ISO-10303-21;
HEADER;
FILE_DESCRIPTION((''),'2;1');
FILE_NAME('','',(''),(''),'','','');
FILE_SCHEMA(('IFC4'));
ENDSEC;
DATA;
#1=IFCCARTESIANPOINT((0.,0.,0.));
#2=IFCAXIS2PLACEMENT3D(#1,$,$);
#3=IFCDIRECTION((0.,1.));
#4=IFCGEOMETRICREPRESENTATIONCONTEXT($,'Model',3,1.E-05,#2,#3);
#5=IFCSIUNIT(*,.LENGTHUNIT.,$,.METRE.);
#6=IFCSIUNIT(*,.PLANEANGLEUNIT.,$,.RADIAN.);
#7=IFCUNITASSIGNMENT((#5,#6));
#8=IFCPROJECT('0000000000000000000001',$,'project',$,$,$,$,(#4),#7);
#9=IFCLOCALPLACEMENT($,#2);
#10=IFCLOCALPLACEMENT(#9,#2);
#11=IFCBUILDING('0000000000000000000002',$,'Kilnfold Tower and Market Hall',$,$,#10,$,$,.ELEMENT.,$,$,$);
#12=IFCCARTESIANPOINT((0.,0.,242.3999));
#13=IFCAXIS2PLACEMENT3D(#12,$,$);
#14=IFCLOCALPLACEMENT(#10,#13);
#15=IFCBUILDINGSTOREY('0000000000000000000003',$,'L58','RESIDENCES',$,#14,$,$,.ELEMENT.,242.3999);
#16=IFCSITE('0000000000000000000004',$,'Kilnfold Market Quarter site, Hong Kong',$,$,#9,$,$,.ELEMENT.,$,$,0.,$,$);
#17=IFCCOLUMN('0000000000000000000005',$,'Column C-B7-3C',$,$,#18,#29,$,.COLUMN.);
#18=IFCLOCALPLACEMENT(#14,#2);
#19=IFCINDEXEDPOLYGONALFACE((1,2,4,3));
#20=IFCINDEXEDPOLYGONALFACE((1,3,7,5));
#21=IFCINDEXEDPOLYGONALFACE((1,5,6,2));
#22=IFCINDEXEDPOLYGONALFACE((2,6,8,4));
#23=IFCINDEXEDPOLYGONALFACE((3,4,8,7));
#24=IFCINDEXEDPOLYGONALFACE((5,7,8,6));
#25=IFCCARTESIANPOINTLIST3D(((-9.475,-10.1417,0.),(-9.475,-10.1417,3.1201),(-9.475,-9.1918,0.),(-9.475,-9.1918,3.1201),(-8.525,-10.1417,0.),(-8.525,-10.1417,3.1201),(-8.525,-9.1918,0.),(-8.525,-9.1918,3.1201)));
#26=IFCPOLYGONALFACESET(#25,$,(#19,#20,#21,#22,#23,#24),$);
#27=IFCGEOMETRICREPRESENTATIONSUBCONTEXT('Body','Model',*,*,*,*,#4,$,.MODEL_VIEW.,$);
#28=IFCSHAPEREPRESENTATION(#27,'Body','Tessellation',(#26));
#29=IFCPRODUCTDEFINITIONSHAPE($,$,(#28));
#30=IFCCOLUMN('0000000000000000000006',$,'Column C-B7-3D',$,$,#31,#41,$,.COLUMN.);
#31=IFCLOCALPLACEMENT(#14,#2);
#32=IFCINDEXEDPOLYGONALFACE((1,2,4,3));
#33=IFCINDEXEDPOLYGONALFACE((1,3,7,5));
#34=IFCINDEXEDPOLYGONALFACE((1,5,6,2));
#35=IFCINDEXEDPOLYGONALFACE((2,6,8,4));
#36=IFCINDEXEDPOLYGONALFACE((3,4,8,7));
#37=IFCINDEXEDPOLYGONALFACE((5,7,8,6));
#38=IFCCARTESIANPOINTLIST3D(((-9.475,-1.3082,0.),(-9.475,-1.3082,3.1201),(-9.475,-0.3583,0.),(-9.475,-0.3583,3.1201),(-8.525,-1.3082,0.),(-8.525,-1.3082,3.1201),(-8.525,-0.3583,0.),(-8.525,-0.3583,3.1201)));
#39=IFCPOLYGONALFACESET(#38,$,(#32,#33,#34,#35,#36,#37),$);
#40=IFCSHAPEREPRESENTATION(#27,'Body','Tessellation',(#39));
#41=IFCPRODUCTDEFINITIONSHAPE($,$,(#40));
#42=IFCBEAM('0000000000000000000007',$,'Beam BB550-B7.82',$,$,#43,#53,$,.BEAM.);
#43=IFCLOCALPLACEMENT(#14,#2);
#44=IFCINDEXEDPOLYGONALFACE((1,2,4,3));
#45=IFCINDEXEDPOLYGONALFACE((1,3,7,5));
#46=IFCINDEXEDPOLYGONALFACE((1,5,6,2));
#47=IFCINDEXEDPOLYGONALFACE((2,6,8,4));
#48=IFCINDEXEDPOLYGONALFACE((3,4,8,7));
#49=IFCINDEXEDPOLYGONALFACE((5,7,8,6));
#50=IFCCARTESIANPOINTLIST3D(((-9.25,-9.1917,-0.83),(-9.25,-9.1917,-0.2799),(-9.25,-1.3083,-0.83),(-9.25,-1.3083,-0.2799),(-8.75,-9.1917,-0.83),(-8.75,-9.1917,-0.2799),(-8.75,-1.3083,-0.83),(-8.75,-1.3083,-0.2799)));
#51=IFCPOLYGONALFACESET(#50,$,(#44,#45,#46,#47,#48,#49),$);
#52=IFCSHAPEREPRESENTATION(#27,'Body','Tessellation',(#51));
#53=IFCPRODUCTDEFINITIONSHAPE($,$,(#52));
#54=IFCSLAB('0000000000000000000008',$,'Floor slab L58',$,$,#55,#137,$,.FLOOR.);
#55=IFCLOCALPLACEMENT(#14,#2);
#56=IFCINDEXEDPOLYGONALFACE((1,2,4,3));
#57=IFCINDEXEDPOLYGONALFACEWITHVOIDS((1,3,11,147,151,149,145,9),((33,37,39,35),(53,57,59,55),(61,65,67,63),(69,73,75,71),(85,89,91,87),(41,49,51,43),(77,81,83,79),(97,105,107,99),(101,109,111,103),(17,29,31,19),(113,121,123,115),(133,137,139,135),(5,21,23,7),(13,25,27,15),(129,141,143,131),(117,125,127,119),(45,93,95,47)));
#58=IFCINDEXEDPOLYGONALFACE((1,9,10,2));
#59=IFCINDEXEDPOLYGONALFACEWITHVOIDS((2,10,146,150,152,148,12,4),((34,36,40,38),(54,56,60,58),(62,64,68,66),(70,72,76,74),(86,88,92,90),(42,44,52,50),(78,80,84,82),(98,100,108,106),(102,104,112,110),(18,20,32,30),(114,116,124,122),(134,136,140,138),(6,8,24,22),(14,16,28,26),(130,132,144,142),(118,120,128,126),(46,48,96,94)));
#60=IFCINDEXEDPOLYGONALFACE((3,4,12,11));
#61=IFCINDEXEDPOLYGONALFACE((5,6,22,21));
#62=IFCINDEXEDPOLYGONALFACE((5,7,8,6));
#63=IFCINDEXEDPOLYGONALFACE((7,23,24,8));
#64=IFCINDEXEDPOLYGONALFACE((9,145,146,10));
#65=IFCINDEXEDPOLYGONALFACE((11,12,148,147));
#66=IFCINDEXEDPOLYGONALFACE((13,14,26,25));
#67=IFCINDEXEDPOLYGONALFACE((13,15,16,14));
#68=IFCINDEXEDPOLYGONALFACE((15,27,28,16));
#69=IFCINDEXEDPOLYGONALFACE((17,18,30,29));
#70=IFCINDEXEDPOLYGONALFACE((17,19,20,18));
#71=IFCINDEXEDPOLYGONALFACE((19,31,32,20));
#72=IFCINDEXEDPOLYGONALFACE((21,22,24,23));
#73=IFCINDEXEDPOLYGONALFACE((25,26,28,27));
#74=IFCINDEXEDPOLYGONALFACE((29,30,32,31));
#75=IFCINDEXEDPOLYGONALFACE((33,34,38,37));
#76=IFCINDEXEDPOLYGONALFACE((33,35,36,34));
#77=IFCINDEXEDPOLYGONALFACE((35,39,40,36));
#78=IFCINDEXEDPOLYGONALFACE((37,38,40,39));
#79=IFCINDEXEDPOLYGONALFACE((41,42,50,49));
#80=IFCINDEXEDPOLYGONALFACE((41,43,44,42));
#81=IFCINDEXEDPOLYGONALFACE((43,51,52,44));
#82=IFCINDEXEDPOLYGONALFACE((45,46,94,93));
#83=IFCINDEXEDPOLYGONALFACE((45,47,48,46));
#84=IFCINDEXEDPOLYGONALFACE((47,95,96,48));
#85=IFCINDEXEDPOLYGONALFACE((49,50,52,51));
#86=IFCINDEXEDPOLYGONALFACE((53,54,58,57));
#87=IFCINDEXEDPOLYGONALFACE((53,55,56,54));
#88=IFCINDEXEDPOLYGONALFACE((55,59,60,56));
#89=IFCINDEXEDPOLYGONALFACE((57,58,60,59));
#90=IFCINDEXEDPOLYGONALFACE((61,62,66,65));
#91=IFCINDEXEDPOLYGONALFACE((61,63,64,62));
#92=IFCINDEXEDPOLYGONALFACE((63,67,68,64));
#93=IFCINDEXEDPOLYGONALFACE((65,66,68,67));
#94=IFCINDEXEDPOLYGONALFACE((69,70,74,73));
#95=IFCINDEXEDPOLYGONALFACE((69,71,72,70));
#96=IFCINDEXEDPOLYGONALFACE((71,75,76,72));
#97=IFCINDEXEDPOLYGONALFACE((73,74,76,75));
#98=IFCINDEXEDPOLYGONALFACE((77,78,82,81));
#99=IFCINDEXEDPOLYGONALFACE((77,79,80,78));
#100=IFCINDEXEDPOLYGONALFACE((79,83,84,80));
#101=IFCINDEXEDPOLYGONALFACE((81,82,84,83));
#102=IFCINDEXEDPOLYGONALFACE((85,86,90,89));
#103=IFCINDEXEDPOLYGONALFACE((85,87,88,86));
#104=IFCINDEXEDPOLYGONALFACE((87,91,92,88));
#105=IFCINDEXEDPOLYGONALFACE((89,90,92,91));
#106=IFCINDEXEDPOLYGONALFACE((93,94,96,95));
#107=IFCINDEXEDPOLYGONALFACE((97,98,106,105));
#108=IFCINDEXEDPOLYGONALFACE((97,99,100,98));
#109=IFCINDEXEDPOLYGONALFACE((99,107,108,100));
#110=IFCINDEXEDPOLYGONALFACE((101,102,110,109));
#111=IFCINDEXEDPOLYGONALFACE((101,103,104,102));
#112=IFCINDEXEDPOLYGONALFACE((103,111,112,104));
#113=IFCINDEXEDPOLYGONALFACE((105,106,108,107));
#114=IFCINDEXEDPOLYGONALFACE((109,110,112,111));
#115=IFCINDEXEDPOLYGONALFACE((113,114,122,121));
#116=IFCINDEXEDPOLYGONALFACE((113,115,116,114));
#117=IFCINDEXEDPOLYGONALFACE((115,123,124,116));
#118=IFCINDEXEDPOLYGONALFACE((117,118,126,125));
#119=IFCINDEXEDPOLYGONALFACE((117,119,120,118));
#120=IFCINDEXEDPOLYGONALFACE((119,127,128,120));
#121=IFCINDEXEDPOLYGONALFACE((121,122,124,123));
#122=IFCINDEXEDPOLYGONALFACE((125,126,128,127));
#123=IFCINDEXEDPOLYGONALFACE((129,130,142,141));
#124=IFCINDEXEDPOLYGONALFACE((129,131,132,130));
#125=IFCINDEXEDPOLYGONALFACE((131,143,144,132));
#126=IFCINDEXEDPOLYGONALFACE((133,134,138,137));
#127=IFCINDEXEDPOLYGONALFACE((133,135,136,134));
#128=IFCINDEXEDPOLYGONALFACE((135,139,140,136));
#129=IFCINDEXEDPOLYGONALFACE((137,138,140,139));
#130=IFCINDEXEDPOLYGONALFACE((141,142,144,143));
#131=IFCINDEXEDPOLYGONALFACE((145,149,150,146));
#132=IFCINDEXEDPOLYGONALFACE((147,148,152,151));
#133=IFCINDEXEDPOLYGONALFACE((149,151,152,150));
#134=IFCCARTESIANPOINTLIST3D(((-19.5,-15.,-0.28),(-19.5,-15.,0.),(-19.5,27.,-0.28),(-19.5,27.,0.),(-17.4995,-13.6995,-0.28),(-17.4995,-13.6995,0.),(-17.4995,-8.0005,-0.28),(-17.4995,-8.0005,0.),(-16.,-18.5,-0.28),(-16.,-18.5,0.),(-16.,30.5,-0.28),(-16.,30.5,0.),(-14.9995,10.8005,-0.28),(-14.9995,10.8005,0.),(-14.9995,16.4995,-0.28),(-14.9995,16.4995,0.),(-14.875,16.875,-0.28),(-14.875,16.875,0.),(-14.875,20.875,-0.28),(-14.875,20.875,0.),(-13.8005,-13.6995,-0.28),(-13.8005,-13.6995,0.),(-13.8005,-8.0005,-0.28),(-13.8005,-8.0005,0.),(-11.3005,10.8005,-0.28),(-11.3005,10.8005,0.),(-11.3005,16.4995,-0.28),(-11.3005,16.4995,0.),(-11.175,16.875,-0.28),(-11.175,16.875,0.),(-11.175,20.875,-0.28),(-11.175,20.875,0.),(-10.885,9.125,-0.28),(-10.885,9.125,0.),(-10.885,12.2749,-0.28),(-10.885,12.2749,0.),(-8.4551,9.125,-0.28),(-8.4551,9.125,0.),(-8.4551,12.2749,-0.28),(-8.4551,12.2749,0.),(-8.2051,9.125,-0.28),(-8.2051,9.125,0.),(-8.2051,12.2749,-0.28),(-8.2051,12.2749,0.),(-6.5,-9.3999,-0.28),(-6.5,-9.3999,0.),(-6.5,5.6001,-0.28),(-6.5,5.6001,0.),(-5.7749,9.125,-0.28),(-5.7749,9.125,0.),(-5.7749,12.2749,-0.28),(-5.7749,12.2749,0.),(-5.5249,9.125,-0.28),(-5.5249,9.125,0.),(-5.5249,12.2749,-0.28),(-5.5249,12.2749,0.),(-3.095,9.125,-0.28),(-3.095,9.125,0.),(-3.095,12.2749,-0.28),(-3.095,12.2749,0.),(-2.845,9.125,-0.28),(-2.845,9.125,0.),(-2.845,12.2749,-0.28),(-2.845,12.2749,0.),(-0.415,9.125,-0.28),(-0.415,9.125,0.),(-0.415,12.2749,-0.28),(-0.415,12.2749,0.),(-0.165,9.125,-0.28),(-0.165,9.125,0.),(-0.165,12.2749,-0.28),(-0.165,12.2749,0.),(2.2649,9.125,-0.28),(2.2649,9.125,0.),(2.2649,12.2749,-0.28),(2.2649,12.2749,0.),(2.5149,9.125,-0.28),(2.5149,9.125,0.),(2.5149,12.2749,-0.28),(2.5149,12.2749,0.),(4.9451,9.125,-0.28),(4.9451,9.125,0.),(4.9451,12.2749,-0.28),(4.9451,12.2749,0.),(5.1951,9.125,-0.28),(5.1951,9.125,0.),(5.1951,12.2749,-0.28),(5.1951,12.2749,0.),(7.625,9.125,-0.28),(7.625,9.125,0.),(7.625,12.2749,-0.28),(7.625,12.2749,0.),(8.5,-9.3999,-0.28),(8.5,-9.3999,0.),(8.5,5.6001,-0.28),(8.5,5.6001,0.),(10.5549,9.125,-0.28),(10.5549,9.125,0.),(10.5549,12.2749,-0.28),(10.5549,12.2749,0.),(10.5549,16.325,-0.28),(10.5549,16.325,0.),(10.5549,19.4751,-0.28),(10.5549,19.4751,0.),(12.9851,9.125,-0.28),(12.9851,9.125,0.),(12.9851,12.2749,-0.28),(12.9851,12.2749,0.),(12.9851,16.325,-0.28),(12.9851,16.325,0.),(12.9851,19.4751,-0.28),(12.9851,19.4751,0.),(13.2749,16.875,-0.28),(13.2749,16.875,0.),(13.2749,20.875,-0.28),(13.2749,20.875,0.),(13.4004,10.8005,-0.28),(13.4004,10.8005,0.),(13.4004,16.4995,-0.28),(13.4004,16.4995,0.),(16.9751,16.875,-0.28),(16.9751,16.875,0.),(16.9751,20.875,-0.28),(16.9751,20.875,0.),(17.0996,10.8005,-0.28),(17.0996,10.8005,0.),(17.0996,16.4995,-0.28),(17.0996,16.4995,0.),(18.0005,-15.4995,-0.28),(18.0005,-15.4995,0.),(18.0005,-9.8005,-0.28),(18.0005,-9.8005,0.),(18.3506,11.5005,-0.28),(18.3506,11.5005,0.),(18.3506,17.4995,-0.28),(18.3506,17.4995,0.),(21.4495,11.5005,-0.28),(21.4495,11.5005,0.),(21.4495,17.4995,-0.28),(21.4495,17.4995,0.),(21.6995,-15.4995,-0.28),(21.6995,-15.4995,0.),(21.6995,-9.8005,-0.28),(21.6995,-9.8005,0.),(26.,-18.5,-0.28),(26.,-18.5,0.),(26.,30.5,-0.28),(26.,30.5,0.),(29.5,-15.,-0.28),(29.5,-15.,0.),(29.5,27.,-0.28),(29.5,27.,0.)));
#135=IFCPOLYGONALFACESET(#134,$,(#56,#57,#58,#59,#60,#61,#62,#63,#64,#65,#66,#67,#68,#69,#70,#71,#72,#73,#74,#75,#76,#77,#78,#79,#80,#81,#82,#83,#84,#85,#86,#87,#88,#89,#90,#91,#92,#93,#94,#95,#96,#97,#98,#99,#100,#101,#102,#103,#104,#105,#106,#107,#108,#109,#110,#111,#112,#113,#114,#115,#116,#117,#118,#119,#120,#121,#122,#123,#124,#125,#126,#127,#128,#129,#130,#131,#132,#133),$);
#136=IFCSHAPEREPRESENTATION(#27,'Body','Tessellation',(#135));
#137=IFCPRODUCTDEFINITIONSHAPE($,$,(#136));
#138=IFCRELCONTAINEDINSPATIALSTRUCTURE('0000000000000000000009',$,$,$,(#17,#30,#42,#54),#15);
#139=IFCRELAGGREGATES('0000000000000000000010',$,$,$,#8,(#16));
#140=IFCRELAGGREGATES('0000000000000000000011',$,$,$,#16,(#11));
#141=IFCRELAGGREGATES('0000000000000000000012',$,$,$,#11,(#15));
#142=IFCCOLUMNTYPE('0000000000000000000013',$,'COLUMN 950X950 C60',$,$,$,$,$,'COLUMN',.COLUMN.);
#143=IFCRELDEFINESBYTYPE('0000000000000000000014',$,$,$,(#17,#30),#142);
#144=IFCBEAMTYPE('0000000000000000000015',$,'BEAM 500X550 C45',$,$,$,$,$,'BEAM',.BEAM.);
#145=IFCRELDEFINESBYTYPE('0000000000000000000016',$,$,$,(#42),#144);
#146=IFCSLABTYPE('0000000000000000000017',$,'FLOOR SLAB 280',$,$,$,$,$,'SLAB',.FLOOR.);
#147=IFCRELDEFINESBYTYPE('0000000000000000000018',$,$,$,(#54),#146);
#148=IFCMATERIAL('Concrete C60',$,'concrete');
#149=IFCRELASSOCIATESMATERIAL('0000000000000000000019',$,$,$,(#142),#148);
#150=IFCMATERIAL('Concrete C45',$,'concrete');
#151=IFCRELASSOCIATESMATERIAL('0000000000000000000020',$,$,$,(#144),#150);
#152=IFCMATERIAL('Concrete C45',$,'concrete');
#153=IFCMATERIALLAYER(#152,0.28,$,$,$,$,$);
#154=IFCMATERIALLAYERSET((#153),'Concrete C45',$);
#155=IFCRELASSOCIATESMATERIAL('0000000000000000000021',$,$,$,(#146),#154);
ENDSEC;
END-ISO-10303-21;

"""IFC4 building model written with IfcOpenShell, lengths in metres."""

from ifc_helpers import new_model, si_unit, direction, frame, origin, origin_2d, place, context, subcontext, project, spatial, polyline, rectangle, outline, extrude, source, transform, mapped, material, layer, layer_set, material_profile, profile_set, type_object, element, save


model = new_model("IFC4")

# Units and contexts
model_context = context("Model", 3, precision=1e-05, world=origin(), true_north=direction((0.0, 1.0)))
body_context = subcontext(model_context, "Body", "Model", "MODEL_VIEW")
ifc_project = project(units=[si_unit("LENGTHUNIT", "METRE"), si_unit("PLANEANGLEUNIT", "RADIAN")], contexts=[model_context])

# Site, building, storey
site_placement = place(None, origin())
site = spatial("IfcSite", under=ifc_project, at=site_placement, Name="Kilnfold Market Quarter site, Hong Kong", CompositionType="ELEMENT", RefElevation=0.0)
building_placement = place(site_placement, origin())
building = spatial("IfcBuilding", under=site, at=building_placement, Name="Kilnfold Tower and Market Hall", CompositionType="ELEMENT")
storey_placement = place(building_placement, frame((0.0, 0.0, 242.3999)))
storey = spatial("IfcBuildingStorey", under=building, at=storey_placement, Name="L58", Description="RESIDENCES", CompositionType="ELEMENT", Elevation=242.3999)

# Columns
ifc_material_1 = material(Name="Concrete C60", Category="concrete")
ifc_material_profile_1 = material_profile(ifc_material_1, rectangle(XDim=0.95, YDim=0.95, at=origin_2d()), Name="RC 950x950")
ifc_profile_set_1 = profile_set([ifc_material_profile_1], Name="Concrete C60")
column_type = type_object("IfcColumnType", Name="COLUMN 950X950 C60", ElementType="COLUMN", PredefinedType="COLUMN", material=ifc_profile_set_1)
shared_shape_1 = source(origin(), body_context, "Body", "SweptSolid", [
    extrude(rectangle(XDim=0.95, YDim=0.95, at=origin_2d()), origin(), (0.0, 0.0, 1.0), 3.1201),
])
for number, where, z_axis, x_axis, name in (
    (1, (-9.0, -9.6667, 0.0), (0.0, 0.0, 1.0), (1.0, 0.0, 0.0), "Column C-B7-3C"),
    (2, (-9.0, -0.8333, 0.0), (0.0, 0.0, 1.0), (1.0, 0.0, 0.0), "Column C-B7-3D"),
):
    element("IfcColumn", number, at=place(storey_placement, frame(where, z_axis=z_axis, x_axis=x_axis)), inside=storey, type_object=column_type, Name=name, PredefinedType="COLUMN", context=body_context, shape_type="MappedRepresentation", body=[
        mapped(shared_shape_1, transform((0.0, 0.0, 0.0))),
    ])

# Beam
ifc_material_2 = material(Name="Concrete C45", Category="concrete")
ifc_material_profile_2 = material_profile(ifc_material_2, rectangle(XDim=0.5, YDim=0.55, at=origin_2d()), Name="RC 500x550")
ifc_profile_set_2 = profile_set([ifc_material_profile_2], Name="Concrete C45")
beam_type = type_object("IfcBeamType", Name="BEAM 500X550 C45", ElementType="BEAM", PredefinedType="BEAM", material=ifc_profile_set_2)
shared_shape_2 = source(origin(), body_context, "Body", "SweptSolid", [
    extrude(rectangle(XDim=0.5, YDim=0.55, at=origin_2d()), origin(), (0.0, 0.0, 1.0), 7.8833),
])
beam_placement = place(storey_placement, frame((-9.0, -9.1917, -0.5549), z_axis=(0.0, 1.0, 0.0), x_axis=(-1.0, 0.0, 0.0)))
element("IfcBeam", 3, at=beam_placement, inside=storey, type_object=beam_type, Name="Beam BB550-B7.82", PredefinedType="BEAM", context=body_context, shape_type="MappedRepresentation", body=[
    mapped(shared_shape_2, transform((0.0, 0.0, 0.0))),
])

# Slab
ifc_material_3 = material(Name="Concrete C45", Category="concrete")
ifc_layer_1 = layer(ifc_material_3, 0.28)
ifc_layer_set_1 = layer_set([ifc_layer_1], Name="Concrete C45")
slab_type_1 = type_object("IfcSlabType", Name="FLOOR SLAB 280", ElementType="SLAB", PredefinedType="FLOOR", material=ifc_layer_set_1)
shared_shape_3 = source(origin(), body_context, "Body", "SweptSolid", [
    extrude(outline(polyline([(-16.0, -18.5), (26.0, -18.5), (29.5, -15.0), (29.5, 27.0), (26.0, 30.5), (-16.0, 30.5), (-19.5, 27.0), (-19.5, -15.0), (-16.0, -18.5)]), holes=[polyline([(-13.8005, -13.6995), (-17.4995, -13.6995), (-17.4995, -8.0005), (-13.8005, -8.0005), (-13.8005, -13.6995)]), polyline([(-11.3005, 10.8005), (-14.9995, 10.8005), (-14.9995, 16.4995), (-11.3005, 16.4995), (-11.3005, 10.8005)]), polyline([(-11.175, 16.875), (-14.875, 16.875), (-14.875, 20.875), (-11.175, 20.875), (-11.175, 16.875)]), polyline([(-8.4551, 9.125), (-10.885, 9.125), (-10.885, 12.2749), (-8.4551, 12.2749), (-8.4551, 9.125)]), polyline([(-5.7749, 9.125), (-8.2051, 9.125), (-8.2051, 12.2749), (-5.7749, 12.2749), (-5.7749, 9.125)]), polyline([(8.5, -9.3999), (-6.5, -9.3999), (-6.5, 5.6001), (8.5, 5.6001), (8.5, -9.3999)]), polyline([(-3.095, 9.125), (-5.5249, 9.125), (-5.5249, 12.2749), (-3.095, 12.2749), (-3.095, 9.125)]), polyline([(-0.415, 9.125), (-2.845, 9.125), (-2.845, 12.2749), (-0.415, 12.2749), (-0.415, 9.125)]), polyline([(2.2649, 9.125), (-0.165, 9.125), (-0.165, 12.2749), (2.2649, 12.2749), (2.2649, 9.125)]), polyline([(4.9451, 9.125), (2.5149, 9.125), (2.5149, 12.2749), (4.9451, 12.2749), (4.9451, 9.125)]), polyline([(7.625, 9.125), (5.1951, 9.125), (5.1951, 12.2749), (7.625, 12.2749), (7.625, 9.125)]), polyline([(12.9851, 9.125), (10.5549, 9.125), (10.5549, 12.2749), (12.9851, 12.2749), (12.9851, 9.125)]), polyline([(10.5549, 16.325), (10.5549, 19.4751), (12.9851, 19.4751), (12.9851, 16.325), (10.5549, 16.325)]), polyline([(13.2749, 16.875), (13.2749, 20.875), (16.9751, 20.875), (16.9751, 16.875), (13.2749, 16.875)]), polyline([(17.0996, 10.8005), (13.4004, 10.8005), (13.4004, 16.4995), (17.0996, 16.4995), (17.0996, 10.8005)]), polyline([(18.0005, -9.8005), (21.6995, -9.8005), (21.6995, -15.4995), (18.0005, -15.4995), (18.0005, -9.8005)]), polyline([(21.4495, 11.5005), (18.3506, 11.5005), (18.3506, 17.4995), (21.4495, 17.4995), (21.4495, 11.5005)])]), origin(), (0.0, 0.0, 1.0), 0.28),
])
slab_1_placement = place(storey_placement, frame((0.0, 0.0, -0.28)))
element("IfcSlab", 4, at=slab_1_placement, inside=storey, type_object=slab_type_1, Name="Floor slab L58", PredefinedType="FLOOR", context=body_context, shape_type="MappedRepresentation", body=[
    mapped(shared_shape_3, transform((0.0, 0.0, 0.0))),
])

save(model, "model.ifc")
